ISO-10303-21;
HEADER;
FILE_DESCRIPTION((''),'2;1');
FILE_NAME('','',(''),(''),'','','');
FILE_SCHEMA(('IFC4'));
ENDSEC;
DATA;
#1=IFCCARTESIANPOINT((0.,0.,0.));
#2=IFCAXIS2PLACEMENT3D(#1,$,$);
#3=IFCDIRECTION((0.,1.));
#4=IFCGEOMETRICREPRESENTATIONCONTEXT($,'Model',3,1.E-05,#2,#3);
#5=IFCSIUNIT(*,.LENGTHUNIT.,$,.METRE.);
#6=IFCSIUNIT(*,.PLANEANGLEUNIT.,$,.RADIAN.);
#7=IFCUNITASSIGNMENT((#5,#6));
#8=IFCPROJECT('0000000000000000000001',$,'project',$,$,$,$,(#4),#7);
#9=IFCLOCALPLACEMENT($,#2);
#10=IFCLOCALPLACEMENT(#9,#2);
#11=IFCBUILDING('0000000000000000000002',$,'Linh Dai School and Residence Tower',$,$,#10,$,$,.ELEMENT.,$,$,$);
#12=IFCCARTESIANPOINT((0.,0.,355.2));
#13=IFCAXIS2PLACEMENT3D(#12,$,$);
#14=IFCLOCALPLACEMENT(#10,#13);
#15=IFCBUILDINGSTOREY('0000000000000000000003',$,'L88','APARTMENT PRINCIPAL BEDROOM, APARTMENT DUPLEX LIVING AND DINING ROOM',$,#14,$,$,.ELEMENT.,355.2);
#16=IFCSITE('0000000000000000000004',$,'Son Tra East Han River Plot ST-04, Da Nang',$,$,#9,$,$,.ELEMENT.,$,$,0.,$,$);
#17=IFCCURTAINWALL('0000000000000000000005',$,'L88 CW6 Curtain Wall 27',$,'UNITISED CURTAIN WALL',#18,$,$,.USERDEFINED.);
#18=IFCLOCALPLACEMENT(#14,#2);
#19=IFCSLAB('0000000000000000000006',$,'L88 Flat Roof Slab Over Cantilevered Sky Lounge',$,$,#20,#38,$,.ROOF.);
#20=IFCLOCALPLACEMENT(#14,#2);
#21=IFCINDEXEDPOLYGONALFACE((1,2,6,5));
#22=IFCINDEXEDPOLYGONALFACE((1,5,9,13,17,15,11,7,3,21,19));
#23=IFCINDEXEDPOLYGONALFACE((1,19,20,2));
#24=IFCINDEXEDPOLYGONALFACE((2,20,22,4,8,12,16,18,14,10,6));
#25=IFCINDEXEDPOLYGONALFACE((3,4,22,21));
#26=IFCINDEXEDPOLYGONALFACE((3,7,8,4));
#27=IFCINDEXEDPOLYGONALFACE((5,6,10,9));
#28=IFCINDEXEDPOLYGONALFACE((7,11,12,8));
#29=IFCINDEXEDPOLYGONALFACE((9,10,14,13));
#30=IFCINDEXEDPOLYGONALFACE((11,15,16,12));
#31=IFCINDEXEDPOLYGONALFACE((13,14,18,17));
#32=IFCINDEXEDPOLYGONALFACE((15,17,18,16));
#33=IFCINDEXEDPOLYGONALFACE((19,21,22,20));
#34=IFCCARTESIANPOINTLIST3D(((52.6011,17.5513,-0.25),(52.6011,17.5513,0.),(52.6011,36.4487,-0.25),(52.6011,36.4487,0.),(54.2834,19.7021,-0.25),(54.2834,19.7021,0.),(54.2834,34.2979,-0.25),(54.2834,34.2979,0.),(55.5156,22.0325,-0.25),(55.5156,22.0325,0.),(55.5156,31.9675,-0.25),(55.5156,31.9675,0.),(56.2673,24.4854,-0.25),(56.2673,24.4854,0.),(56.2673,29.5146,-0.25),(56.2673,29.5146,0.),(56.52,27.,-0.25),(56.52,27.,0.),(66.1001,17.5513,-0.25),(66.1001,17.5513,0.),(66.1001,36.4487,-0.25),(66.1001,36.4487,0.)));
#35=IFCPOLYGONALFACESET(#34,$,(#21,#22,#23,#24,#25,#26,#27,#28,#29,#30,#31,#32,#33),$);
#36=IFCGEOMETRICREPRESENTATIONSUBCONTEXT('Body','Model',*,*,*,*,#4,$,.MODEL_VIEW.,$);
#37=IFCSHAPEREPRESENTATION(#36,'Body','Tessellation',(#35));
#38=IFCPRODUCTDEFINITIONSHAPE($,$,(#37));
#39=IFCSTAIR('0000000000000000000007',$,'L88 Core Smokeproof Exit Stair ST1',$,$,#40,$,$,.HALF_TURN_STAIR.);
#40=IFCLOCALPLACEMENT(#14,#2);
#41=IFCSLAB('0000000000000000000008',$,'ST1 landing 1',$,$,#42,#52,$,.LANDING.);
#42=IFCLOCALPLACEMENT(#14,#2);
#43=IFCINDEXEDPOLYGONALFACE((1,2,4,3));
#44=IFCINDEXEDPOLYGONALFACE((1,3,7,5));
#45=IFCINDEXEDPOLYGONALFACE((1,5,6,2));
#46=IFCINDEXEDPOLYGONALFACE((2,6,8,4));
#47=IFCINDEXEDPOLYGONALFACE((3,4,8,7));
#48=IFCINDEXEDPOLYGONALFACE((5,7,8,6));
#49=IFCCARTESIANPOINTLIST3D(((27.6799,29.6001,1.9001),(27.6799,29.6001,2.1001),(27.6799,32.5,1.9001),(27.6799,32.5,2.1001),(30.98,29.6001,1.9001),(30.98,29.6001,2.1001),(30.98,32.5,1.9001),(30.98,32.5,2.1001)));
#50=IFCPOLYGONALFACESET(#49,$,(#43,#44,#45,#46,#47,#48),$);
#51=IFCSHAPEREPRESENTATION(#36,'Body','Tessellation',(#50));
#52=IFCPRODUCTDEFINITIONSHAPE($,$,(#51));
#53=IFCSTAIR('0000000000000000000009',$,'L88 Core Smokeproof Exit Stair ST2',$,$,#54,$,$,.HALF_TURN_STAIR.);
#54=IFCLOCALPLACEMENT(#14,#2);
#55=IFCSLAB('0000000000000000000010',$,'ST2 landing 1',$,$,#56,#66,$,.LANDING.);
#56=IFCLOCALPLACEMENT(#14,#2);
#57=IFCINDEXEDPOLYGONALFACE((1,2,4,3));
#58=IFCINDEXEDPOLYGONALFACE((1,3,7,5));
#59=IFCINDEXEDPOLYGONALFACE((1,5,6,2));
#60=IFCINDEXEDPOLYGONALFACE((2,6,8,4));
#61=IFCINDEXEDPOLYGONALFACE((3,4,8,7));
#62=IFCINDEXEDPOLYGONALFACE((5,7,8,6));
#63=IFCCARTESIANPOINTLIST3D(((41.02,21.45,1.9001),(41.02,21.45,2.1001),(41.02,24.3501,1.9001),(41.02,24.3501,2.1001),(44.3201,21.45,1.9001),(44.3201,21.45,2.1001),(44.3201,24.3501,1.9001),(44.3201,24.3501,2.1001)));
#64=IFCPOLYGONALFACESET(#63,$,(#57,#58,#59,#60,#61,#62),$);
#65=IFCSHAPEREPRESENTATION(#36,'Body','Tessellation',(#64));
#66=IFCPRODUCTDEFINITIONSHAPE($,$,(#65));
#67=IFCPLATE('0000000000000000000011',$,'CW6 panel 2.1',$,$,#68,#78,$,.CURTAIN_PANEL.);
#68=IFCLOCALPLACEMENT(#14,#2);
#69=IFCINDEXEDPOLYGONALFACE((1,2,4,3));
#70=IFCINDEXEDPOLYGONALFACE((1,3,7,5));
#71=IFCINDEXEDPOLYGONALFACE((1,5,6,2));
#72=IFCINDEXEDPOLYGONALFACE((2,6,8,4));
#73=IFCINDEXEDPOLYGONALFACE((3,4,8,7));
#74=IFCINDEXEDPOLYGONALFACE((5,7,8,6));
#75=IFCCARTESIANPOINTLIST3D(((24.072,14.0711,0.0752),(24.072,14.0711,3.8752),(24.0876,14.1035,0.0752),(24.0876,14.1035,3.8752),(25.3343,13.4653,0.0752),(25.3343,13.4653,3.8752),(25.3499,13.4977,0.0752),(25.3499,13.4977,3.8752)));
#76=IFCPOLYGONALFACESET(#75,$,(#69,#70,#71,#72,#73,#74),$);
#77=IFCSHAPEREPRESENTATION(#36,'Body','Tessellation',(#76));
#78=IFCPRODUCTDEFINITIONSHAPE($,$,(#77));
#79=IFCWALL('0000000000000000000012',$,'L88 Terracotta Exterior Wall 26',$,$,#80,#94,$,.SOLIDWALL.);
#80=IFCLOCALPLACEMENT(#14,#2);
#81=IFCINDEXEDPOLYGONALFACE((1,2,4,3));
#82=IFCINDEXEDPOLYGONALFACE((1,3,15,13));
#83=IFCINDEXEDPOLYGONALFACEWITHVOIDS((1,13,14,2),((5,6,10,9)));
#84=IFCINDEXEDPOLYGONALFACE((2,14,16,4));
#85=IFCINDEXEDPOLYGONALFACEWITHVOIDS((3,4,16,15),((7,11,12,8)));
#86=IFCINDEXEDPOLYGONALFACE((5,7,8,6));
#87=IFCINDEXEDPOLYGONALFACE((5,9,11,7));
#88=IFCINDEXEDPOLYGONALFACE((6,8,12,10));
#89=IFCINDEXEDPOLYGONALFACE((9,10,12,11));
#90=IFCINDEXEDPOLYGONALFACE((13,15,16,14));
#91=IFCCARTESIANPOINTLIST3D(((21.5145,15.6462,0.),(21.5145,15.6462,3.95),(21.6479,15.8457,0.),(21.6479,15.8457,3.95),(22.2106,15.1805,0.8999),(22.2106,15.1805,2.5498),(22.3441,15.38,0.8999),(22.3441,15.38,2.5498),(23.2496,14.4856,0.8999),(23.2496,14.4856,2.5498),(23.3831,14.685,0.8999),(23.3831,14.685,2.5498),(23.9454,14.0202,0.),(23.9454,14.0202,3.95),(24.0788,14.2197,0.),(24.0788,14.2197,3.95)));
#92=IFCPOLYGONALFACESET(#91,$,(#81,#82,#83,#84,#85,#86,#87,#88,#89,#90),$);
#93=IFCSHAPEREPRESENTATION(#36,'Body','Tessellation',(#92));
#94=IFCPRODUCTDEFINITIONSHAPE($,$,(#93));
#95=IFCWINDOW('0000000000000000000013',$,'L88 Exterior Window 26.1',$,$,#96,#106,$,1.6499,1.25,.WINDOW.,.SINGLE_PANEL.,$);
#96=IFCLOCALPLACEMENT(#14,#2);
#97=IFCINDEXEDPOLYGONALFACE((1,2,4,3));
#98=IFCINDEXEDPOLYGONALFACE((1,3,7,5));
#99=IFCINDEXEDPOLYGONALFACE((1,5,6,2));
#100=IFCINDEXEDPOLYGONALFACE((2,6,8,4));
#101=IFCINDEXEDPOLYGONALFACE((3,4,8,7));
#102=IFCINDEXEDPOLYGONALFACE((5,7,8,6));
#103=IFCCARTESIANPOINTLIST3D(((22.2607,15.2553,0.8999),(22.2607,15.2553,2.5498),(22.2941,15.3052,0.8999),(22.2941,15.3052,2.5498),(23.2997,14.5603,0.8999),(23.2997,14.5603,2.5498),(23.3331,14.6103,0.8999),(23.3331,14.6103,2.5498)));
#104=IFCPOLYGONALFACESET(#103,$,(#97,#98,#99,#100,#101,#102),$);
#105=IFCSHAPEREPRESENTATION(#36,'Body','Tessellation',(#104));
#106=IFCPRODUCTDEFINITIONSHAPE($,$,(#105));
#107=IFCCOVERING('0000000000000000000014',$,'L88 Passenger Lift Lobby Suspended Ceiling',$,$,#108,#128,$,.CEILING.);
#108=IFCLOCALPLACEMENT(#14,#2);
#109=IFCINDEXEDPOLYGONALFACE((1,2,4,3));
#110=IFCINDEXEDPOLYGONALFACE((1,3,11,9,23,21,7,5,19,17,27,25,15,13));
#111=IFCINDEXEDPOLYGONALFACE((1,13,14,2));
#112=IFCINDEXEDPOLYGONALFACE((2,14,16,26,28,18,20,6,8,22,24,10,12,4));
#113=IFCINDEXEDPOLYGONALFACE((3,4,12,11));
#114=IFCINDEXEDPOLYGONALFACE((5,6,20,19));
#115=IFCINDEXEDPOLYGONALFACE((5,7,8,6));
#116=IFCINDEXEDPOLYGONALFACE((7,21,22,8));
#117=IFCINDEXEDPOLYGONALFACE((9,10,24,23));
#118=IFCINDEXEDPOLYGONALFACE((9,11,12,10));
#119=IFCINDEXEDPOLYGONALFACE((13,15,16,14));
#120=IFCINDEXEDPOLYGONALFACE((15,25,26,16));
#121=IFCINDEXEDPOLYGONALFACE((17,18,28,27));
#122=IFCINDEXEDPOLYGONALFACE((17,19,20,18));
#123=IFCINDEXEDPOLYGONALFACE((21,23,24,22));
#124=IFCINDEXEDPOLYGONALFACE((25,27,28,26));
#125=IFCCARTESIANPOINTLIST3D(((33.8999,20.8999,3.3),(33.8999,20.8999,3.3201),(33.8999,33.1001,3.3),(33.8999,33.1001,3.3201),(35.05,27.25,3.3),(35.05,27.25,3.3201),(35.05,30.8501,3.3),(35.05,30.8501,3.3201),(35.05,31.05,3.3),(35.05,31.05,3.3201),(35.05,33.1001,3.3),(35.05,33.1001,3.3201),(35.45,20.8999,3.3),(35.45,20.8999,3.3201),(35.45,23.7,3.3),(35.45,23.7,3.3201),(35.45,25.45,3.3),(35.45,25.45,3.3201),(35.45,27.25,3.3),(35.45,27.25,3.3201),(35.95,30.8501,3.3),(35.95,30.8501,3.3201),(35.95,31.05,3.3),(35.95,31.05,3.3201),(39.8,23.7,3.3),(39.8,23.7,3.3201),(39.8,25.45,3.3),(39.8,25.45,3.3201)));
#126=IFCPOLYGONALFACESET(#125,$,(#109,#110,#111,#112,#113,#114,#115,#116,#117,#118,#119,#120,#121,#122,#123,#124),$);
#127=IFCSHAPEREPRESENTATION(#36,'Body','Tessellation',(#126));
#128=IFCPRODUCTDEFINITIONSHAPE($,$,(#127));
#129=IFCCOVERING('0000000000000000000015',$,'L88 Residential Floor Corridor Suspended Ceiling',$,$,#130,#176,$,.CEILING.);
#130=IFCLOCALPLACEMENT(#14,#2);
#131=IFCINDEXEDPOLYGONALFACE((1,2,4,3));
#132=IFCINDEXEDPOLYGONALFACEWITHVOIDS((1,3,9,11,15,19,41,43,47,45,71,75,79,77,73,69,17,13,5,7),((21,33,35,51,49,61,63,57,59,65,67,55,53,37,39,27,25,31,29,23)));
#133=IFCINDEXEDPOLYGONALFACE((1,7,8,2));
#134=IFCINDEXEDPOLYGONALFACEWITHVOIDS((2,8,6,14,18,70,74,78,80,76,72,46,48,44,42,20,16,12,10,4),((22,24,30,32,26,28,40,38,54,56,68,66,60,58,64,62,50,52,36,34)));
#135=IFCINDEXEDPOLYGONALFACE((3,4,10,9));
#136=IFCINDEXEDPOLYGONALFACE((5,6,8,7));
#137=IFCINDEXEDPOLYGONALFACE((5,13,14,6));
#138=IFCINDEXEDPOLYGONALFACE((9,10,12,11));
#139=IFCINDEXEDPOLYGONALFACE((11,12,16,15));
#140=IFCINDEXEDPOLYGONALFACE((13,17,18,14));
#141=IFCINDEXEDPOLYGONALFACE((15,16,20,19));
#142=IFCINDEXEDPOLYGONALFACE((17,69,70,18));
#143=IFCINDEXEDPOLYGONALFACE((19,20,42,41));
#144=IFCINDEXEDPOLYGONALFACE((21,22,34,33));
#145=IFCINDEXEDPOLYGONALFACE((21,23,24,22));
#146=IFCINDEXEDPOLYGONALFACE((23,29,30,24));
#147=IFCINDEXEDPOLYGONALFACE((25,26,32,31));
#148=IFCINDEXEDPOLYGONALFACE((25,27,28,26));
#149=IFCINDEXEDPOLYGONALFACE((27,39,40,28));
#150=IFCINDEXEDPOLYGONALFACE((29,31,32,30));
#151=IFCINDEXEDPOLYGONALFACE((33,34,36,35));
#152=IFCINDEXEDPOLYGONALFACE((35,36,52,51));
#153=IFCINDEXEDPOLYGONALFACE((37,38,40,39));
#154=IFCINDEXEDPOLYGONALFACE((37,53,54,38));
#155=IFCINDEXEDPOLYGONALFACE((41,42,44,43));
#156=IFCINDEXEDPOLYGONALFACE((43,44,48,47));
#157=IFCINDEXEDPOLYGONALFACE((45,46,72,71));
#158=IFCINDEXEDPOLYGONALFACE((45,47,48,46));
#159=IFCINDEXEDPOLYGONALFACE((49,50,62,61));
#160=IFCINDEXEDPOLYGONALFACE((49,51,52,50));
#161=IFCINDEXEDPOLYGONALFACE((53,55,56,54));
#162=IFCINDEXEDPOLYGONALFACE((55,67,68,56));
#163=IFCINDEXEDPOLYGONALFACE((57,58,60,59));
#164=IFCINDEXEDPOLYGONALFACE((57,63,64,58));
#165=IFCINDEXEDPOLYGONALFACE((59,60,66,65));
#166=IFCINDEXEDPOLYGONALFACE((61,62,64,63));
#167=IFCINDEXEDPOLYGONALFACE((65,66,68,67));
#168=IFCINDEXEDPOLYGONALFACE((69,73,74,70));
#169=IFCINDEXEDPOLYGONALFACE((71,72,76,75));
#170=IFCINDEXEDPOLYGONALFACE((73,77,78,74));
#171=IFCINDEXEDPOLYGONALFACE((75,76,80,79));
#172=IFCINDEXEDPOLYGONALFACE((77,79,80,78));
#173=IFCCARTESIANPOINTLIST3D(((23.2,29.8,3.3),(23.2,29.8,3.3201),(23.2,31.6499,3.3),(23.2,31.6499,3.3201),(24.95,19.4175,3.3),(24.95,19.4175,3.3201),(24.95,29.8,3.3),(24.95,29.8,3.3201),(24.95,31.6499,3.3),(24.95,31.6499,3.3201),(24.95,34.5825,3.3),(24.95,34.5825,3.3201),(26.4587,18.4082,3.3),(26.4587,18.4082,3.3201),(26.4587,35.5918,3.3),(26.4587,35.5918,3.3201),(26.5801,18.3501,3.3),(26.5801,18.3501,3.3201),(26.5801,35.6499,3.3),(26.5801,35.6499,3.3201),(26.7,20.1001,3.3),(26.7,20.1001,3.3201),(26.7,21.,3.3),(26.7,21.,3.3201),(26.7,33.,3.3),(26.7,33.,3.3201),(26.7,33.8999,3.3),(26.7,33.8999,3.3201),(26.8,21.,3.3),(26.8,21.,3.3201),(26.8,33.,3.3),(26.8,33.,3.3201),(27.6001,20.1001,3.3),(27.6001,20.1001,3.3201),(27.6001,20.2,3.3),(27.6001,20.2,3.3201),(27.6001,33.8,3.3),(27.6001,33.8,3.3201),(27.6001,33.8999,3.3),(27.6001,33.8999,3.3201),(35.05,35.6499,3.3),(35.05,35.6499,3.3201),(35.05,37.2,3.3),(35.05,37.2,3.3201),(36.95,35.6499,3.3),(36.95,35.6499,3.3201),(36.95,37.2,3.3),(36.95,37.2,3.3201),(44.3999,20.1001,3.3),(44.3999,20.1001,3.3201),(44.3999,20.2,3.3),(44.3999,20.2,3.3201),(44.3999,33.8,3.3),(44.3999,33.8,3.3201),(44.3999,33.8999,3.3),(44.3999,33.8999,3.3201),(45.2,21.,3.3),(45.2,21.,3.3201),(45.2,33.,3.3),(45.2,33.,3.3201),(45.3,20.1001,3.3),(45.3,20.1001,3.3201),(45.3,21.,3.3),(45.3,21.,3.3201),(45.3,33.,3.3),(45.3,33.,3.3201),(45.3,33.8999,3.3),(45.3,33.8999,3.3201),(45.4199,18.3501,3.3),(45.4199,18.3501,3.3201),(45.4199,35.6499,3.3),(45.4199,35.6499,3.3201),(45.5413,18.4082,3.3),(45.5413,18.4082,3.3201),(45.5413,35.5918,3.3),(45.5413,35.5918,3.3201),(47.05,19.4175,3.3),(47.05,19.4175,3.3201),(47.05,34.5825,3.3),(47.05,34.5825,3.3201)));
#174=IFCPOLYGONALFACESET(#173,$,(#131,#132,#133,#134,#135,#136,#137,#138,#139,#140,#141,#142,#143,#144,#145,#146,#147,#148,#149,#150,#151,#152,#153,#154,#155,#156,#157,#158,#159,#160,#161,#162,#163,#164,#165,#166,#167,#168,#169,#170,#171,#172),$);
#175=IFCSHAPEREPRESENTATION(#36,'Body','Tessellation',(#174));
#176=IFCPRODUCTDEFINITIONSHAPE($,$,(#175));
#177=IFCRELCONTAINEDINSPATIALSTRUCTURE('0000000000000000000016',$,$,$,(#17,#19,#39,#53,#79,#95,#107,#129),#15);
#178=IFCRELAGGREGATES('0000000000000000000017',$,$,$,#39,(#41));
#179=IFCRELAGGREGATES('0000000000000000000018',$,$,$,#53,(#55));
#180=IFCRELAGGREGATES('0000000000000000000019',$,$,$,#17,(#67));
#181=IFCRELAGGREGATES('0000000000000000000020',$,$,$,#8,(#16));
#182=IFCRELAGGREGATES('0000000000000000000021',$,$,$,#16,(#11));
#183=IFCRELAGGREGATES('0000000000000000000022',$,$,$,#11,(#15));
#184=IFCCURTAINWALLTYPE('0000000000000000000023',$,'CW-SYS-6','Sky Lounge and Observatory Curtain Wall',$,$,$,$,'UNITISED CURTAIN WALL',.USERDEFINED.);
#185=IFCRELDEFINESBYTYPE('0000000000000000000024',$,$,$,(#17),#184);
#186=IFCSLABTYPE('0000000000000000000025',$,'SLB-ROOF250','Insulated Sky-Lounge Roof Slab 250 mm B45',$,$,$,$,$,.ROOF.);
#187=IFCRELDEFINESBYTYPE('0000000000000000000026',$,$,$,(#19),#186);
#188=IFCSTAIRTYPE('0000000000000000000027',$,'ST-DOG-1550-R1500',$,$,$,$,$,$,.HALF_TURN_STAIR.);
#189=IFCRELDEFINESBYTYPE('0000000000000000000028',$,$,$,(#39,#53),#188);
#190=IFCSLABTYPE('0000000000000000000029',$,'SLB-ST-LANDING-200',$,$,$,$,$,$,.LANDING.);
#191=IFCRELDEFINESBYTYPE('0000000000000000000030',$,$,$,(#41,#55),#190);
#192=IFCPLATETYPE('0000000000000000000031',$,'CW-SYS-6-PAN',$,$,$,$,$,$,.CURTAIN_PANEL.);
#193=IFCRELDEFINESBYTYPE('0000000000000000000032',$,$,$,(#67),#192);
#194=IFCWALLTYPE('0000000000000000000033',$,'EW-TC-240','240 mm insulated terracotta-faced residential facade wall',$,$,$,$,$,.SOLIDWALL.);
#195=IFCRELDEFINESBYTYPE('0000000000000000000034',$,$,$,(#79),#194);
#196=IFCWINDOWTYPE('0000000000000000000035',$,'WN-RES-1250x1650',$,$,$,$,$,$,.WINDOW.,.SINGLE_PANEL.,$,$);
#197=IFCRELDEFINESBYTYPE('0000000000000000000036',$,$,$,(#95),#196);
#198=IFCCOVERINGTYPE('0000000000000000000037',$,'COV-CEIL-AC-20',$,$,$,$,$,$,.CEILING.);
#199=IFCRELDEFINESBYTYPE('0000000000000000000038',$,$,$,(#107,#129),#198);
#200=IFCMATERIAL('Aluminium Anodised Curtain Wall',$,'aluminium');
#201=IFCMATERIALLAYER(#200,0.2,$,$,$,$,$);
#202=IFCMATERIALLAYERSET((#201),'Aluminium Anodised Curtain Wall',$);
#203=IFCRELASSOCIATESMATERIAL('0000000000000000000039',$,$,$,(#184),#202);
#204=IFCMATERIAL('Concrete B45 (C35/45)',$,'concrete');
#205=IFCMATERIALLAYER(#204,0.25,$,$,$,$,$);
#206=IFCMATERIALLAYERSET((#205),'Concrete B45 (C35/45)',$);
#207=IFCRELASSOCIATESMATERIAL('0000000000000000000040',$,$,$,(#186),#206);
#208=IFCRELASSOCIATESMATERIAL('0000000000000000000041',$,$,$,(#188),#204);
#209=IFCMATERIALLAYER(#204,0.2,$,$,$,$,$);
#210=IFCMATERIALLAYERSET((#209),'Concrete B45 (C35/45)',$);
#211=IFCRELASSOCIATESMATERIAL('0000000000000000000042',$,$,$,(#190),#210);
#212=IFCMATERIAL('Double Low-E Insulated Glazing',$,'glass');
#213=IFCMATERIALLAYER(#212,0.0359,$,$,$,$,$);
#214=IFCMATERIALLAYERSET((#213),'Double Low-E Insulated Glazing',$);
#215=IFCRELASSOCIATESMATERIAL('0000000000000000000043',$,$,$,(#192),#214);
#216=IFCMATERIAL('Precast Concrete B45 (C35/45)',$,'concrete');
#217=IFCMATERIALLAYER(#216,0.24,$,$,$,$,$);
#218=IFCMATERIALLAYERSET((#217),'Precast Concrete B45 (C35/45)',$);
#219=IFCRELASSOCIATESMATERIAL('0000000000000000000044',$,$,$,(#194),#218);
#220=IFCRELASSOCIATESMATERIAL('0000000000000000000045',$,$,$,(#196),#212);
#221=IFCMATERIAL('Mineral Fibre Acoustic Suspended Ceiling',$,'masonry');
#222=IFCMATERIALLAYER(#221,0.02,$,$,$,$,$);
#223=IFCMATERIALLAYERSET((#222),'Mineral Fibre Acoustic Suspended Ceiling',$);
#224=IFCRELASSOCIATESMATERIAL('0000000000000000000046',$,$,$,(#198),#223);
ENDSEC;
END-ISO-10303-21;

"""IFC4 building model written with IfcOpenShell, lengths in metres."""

from ifc_helpers import new_model, si_unit, direction, frame, frame_2d, origin, origin_2d, place, context, subcontext, project, spatial, polyline, rectangle, outline, extrude, source, transform, mapped, material, layer, layer_set, type_object, element, fill, aggregate, save


model = new_model("IFC4")

# Units and contexts
model_context = context("Model", 3, precision=1e-05, world=origin(), true_north=direction((0.0, 1.0)))
body_context = subcontext(model_context, "Body", "Model", "MODEL_VIEW")
ifc_project = project(units=[si_unit("LENGTHUNIT", "METRE"), si_unit("PLANEANGLEUNIT", "RADIAN")], contexts=[model_context])

# Site, building, storey
site_placement = place(None, origin())
site = spatial("IfcSite", under=ifc_project, at=site_placement, Name="Son Tra East Han River Plot ST-04, Da Nang", CompositionType="ELEMENT", RefElevation=0.0)
building_placement = place(site_placement, origin())
building = spatial("IfcBuilding", under=site, at=building_placement, Name="Linh Dai School and Residence Tower", CompositionType="ELEMENT")
storey_placement = place(building_placement, frame((0.0, 0.0, 355.2)))
storey = spatial("IfcBuildingStorey", under=building, at=storey_placement, Name="L88", Description="APARTMENT PRINCIPAL BEDROOM, APARTMENT DUPLEX LIVING AND DINING ROOM", CompositionType="ELEMENT", Elevation=355.2)

# Curtain wall
ifc_material_1 = material(Name="Aluminium Anodised Curtain Wall", Category="aluminium")
ifc_layer_1 = layer(ifc_material_1, 0.2)
ifc_layer_set_1 = layer_set([ifc_layer_1], Name="Aluminium Anodised Curtain Wall")
curtain_wall_type = type_object("IfcCurtainWallType", Name="CW-SYS-6", Description="Sky Lounge and Observatory Curtain Wall", ElementType="UNITISED CURTAIN WALL", PredefinedType="USERDEFINED", material=ifc_layer_set_1)
curtain_wall_placement = place(storey_placement, origin())
curtain_wall = element("IfcCurtainWall", 1, at=curtain_wall_placement, inside=storey, type_object=curtain_wall_type, Name="L88 CW6 Curtain Wall 27", ObjectType="UNITISED CURTAIN WALL", PredefinedType="USERDEFINED")

# Slab
ifc_material_2 = material(Name="Concrete B45 (C35/45)", Category="concrete")
ifc_layer_2 = layer(ifc_material_2, 0.25)
ifc_layer_set_2 = layer_set([ifc_layer_2], Name="Concrete B45 (C35/45)")
slab_type_1 = type_object("IfcSlabType", Name="SLB-ROOF250", Description="Insulated Sky-Lounge Roof Slab 250 mm B45", PredefinedType="ROOF", material=ifc_layer_set_2)
slab_1_placement = place(storey_placement, frame((0.0, 0.0, -0.25)))
element("IfcSlab", 2, at=slab_1_placement, inside=storey, type_object=slab_type_1, Name="L88 Flat Roof Slab Over Cantilevered Sky Lounge", PredefinedType="ROOF", context=body_context, shape_type="SweptSolid", body=[
    extrude(outline(polyline([(52.6011, 17.5513), (66.1001, 17.5513), (66.1001, 36.4487), (52.6011, 36.4487), (54.2834, 34.2979), (55.5156, 31.9675), (56.2673, 29.5146), (56.52, 27.0), (56.2673, 24.4854), (55.5156, 22.0325), (54.2834, 19.7021), (52.6011, 17.5513), (52.6011, 17.5513)])), origin(), (0.0, 0.0, 1.0), 0.25),
])

# Stairs, slabs
stair_type = type_object("IfcStairType", Name="ST-DOG-1550-R1500", PredefinedType="HALF_TURN_STAIR", material=ifc_material_2)
stair_1_placement = place(storey_placement, origin())
stair_1 = element("IfcStair", 3, at=stair_1_placement, inside=storey, type_object=stair_type, Name="L88 Core Smokeproof Exit Stair ST1", PredefinedType="HALF_TURN_STAIR")
ifc_layer_3 = layer(ifc_material_2, 0.2)
ifc_layer_set_3 = layer_set([ifc_layer_3], Name="Concrete B45 (C35/45)")
slab_type_2 = type_object("IfcSlabType", Name="SLB-ST-LANDING-200", PredefinedType="LANDING", material=ifc_layer_set_3)
slab_2_placement = place(storey_placement, frame((0.0, 0.0, 1.9001)))
slab_2 = element("IfcSlab", 4, at=slab_2_placement, type_object=slab_type_2, Name="ST1 landing 1", PredefinedType="LANDING", context=body_context, shape_type="SweptSolid", body=[
    extrude(outline(polyline([(30.98, 29.6001), (30.98, 32.5), (27.6799, 32.5), (27.6799, 29.6001), (30.98, 29.6001)])), origin(), (0.0, 0.0, 1.0), 0.2),
])
aggregate(stair_1, [slab_2])
stair_2_placement = place(storey_placement, origin())
stair_2 = element("IfcStair", 5, at=stair_2_placement, inside=storey, type_object=stair_type, Name="L88 Core Smokeproof Exit Stair ST2", PredefinedType="HALF_TURN_STAIR")
slab_3_placement = place(storey_placement, frame((0.0, 0.0, 1.9001)))
slab_3 = element("IfcSlab", 6, at=slab_3_placement, type_object=slab_type_2, Name="ST2 landing 1", PredefinedType="LANDING", context=body_context, shape_type="SweptSolid", body=[
    extrude(outline(polyline([(41.02, 24.3501), (41.02, 21.45), (44.3201, 21.45), (44.3201, 24.3501), (41.02, 24.3501)])), origin(), (0.0, 0.0, 1.0), 0.2),
])
aggregate(stair_2, [slab_3])

# Plate
ifc_material_3 = material(Name="Double Low-E Insulated Glazing", Category="glass")
ifc_layer_4 = layer(ifc_material_3, 0.0359)
ifc_layer_set_4 = layer_set([ifc_layer_4], Name="Double Low-E Insulated Glazing")
plate_type = type_object("IfcPlateType", Name="CW-SYS-6-PAN", PredefinedType="CURTAIN_PANEL", material=ifc_layer_set_4)
shared_shape_1 = source(origin(), body_context, "Body", "SweptSolid", [
    extrude(rectangle(XDim=1.4001, YDim=0.0359, at=origin_2d()), origin(), (0.0, 0.0, 1.0), 3.8),
])
plate_placement = place(storey_placement, frame((24.7109, 13.7844, 0.0752), z_axis=(0.0, 0.0, 1.0), x_axis=(-0.901551, 0.432674, 0.0)))
plate = element("IfcPlate", 7, at=plate_placement, type_object=plate_type, Name="CW6 panel 2.1", PredefinedType="CURTAIN_PANEL", context=body_context, shape_type="MappedRepresentation", body=[
    mapped(shared_shape_1, transform((0.0, 0.0, 0.0), x_axis=(1.0, 0.0, 0.0), y_axis=(0.0, 1.0, 0.0), z_axis=(0.0, 0.0, 1.0), scale=1.0)),
])
aggregate(curtain_wall, [plate])

# Wall, opening, window
ifc_material_4 = material(Name="Precast Concrete B45 (C35/45)", Category="concrete")
ifc_layer_5 = layer(ifc_material_4, 0.24)
ifc_layer_set_5 = layer_set([ifc_layer_5], Name="Precast Concrete B45 (C35/45)")
wall_type = type_object("IfcWallType", Name="EW-TC-240", Description="240 mm insulated terracotta-faced residential facade wall", PredefinedType="SOLIDWALL", material=ifc_layer_set_5)
wall_placement = place(storey_placement, frame((24.0122, 14.1199, 0.0), z_axis=(0.0, 0.0, 1.0), x_axis=(-0.831202, 0.555971, 0.0)))
wall = element("IfcWall", 8, at=wall_placement, inside=storey, type_object=wall_type, Name="L88 Terracotta Exterior Wall 26", PredefinedType="SOLIDWALL", context=body_context, shape_type="SweptSolid", body=[
    extrude(rectangle(XDim=2.9246, YDim=0.24, at=frame_2d((1.4624, 0.0))), origin(), (0.0, 0.0, 1.0), 3.95),
])
opening_placement = place(wall_placement, frame((0.8372, 0.0, 0.8999)))
opening = element("IfcOpeningElement", 9, at=opening_placement, cuts=wall, PredefinedType="OPENING", context=body_context, shape_type="SweptSolid", body=[
    extrude(rectangle(XDim=1.25, YDim=1.6499, at=origin_2d()), frame((0.625, 0.1299, 0.825), z_axis=(0.0, -1.0, 0.0), x_axis=(1.0, 0.0, 0.0)), (0.0, 0.0, 1.0), 0.26),
])
window_type = type_object("IfcWindowType", Name="WN-RES-1250x1650", PartitioningType="SINGLE_PANEL", PredefinedType="WINDOW", material=ifc_material_3)
shared_shape_2 = source(origin(), body_context, "Body", "SweptSolid", [
    extrude(rectangle(XDim=1.25, YDim=1.6499, at=origin_2d()), frame((0.625, 0.03, 0.825), z_axis=(0.0, -1.0, 0.0), x_axis=(1.0, 0.0, 0.0)), (0.0, 0.0, 1.0), 0.0601),
])
window_placement = place(opening_placement, origin())
window = element("IfcWindow", 10, at=window_placement, inside=storey, type_object=window_type, Name="L88 Exterior Window 26.1", OverallHeight=1.6499, OverallWidth=1.25, PartitioningType="SINGLE_PANEL", PredefinedType="WINDOW", context=body_context, shape_type="MappedRepresentation", body=[
    mapped(shared_shape_2, transform((0.0, 0.0, 0.0), x_axis=(1.0, 0.0, 0.0), y_axis=(0.0, 1.0, 0.0), z_axis=(0.0, 0.0, 1.0), scale=1.0)),
])
fill(opening, window)

# Coverings
ifc_material_5 = material(Name="Mineral Fibre Acoustic Suspended Ceiling", Category="masonry")
ifc_layer_6 = layer(ifc_material_5, 0.02)
ifc_layer_set_6 = layer_set([ifc_layer_6], Name="Mineral Fibre Acoustic Suspended Ceiling")
covering_type_1 = type_object("IfcCoveringType", Name="COV-CEIL-AC-20", PredefinedType="CEILING", material=ifc_layer_set_6)
covering_1_placement = place(storey_placement, frame((0.0, 0.0, 3.3)))
element("IfcCovering", 11, at=covering_1_placement, inside=storey, type_object=covering_type_1, Name="L88 Passenger Lift Lobby Suspended Ceiling", PredefinedType="CEILING", context=body_context, shape_type="SweptSolid", body=[
    extrude(outline(polyline([(35.05, 33.1001), (35.05, 31.05), (35.95, 31.05), (35.95, 30.8501), (35.05, 30.8501), (35.05, 27.25), (35.45, 27.25), (35.45, 25.45), (39.8, 25.45), (39.8, 23.7), (35.45, 23.7), (35.45, 20.8999), (33.8999, 20.8999), (33.8999, 33.1001), (35.05, 33.1001)])), origin(), (0.0, 0.0, 1.0), 0.02),
])
covering_2_placement = place(storey_placement, frame((0.0, 0.0, 3.3)))
element("IfcCovering", 12, at=covering_2_placement, inside=storey, type_object=covering_type_1, Name="L88 Residential Floor Corridor Suspended Ceiling", PredefinedType="CEILING", context=body_context, shape_type="SweptSolid", body=[
    extrude(outline(polyline([(23.2, 31.6499), (24.95, 31.6499), (24.95, 34.5825), (26.4587, 35.5918), (26.5801, 35.6499), (35.05, 35.6499), (35.05, 37.2), (36.95, 37.2), (36.95, 35.6499), (45.4199, 35.6499), (45.5413, 35.5918), (47.05, 34.5825), (47.05, 19.4175), (45.5413, 18.4082), (45.4199, 18.3501), (26.5801, 18.3501), (26.4587, 18.4082), (24.95, 19.4175), (24.95, 29.8), (23.2, 29.8), (23.2, 31.6499)]), holes=[polyline([(27.6001, 33.8), (27.6001, 33.8999), (26.7, 33.8999), (26.7, 33.0), (26.8, 33.0), (26.8, 21.0), (26.7, 21.0), (26.7, 20.1001), (27.6001, 20.1001), (27.6001, 20.2), (44.3999, 20.2), (44.3999, 20.1001), (45.3, 20.1001), (45.3, 21.0), (45.2, 21.0), (45.2, 33.0), (45.3, 33.0), (45.3, 33.8999), (44.3999, 33.8999), (44.3999, 33.8), (27.6001, 33.8)])]), origin(), (0.0, 0.0, 1.0), 0.02),
])

save(model, "model.ifc")
